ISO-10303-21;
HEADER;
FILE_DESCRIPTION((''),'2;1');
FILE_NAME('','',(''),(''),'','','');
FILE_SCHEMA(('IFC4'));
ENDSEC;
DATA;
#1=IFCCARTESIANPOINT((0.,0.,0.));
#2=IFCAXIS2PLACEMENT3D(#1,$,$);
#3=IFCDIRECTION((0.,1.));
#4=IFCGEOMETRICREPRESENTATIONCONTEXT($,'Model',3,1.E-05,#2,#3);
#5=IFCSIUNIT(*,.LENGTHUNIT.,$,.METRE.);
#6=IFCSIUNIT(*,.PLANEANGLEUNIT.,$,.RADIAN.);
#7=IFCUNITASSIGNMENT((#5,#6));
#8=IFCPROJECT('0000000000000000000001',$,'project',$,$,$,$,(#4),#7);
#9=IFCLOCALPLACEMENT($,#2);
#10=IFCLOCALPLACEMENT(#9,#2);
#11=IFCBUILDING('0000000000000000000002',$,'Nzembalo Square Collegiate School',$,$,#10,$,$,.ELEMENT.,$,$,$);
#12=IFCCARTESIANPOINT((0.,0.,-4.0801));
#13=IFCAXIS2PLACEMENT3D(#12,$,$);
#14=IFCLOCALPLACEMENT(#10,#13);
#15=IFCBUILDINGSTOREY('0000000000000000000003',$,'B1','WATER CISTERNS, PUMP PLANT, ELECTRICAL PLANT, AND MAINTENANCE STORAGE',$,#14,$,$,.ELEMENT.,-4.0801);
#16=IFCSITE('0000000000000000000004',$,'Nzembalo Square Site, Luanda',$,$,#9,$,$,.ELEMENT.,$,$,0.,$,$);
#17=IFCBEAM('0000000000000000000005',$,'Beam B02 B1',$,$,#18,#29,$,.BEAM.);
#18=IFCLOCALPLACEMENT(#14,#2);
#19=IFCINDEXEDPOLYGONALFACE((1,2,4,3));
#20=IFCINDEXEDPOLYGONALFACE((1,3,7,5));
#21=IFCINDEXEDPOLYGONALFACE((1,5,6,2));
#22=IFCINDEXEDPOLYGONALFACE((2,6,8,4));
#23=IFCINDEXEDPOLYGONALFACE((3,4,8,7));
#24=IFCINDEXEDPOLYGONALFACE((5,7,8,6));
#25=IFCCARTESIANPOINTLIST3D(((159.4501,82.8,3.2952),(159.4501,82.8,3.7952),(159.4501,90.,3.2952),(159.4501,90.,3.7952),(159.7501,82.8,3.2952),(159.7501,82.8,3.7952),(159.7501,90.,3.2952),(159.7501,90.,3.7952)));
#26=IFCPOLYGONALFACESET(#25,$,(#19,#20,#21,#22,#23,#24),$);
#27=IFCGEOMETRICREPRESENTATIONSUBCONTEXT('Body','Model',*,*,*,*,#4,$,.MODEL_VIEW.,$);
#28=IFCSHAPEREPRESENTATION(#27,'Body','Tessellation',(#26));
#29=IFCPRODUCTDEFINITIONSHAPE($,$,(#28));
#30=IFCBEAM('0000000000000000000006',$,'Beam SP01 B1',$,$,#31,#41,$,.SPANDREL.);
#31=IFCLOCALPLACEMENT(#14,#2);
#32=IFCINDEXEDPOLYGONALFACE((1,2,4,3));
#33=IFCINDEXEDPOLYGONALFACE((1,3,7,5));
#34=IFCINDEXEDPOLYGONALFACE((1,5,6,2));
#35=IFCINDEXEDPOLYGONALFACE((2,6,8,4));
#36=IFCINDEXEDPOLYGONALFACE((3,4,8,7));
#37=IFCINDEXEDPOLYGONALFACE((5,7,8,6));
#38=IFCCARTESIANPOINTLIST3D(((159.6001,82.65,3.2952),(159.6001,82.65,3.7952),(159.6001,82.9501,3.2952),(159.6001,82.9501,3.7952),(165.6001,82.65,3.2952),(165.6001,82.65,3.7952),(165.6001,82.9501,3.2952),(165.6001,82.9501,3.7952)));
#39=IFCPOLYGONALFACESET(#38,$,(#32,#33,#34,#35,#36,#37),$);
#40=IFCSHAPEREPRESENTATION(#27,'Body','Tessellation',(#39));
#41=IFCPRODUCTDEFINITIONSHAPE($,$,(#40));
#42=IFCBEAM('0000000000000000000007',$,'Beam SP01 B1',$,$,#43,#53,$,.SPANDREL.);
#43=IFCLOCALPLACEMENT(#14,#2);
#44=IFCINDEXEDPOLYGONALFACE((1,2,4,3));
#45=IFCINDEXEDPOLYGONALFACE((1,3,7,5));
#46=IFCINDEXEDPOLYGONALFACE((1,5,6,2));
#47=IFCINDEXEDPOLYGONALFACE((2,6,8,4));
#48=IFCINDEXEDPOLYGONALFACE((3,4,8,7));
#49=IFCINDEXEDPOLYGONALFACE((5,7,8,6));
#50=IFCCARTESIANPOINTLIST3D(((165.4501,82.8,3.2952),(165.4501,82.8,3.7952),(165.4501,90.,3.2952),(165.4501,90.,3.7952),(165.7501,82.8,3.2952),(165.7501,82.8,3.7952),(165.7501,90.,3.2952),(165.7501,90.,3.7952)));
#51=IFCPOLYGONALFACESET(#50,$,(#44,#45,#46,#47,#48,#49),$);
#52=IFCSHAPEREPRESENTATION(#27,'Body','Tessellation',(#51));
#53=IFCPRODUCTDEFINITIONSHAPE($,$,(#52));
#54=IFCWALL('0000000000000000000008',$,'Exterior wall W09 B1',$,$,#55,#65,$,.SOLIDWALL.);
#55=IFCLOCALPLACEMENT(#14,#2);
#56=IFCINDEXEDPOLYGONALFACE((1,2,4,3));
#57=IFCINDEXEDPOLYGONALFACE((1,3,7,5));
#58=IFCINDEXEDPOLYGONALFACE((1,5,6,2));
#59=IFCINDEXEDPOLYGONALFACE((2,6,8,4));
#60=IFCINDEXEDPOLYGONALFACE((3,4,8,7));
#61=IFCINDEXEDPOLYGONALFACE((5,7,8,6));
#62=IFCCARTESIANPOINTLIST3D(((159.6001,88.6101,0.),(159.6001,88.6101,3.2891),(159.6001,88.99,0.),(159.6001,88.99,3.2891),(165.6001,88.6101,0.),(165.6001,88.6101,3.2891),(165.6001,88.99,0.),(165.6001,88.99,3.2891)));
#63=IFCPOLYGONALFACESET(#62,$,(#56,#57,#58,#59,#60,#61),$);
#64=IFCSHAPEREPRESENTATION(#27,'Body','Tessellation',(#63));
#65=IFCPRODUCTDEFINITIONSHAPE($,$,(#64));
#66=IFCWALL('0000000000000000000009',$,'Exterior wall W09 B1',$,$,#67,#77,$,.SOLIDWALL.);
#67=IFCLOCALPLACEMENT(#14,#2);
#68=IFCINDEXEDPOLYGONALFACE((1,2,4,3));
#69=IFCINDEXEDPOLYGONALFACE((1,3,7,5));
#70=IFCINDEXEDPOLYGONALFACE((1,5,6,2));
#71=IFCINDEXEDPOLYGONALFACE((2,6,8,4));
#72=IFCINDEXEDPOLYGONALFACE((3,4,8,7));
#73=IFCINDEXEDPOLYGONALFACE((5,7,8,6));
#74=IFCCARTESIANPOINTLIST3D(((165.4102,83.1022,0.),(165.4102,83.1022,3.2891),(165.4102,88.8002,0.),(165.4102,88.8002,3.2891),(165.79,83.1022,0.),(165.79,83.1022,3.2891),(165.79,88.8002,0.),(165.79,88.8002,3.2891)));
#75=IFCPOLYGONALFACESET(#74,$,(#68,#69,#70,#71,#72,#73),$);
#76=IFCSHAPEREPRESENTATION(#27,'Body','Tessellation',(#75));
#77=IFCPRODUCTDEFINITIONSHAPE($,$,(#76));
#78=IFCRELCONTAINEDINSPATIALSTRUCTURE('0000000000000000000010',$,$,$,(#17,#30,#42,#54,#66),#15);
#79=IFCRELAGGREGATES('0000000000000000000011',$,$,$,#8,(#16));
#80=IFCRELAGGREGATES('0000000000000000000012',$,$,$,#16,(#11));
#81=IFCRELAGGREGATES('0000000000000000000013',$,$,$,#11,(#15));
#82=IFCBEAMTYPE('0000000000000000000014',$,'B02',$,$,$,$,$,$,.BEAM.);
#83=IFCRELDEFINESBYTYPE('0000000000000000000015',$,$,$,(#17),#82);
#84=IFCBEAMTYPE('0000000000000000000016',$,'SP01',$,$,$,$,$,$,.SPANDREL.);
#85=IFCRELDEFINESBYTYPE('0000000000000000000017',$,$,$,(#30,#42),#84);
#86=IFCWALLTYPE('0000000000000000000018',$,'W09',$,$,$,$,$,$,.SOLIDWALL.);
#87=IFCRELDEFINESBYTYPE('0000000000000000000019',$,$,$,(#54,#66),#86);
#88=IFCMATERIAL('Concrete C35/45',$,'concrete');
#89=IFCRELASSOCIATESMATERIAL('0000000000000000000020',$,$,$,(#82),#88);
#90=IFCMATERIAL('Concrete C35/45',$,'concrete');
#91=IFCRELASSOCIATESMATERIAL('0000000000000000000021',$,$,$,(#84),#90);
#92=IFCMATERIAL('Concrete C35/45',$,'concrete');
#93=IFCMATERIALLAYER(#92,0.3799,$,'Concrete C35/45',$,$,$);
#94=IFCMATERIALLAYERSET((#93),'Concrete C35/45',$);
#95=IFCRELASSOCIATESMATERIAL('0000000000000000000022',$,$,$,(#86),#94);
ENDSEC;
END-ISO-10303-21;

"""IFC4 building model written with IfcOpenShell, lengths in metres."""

from ifc_helpers import new_model, si_unit, direction, frame, frame_2d, origin, origin_2d, place, context, subcontext, project, spatial, rectangle, extrude, material, layer, layer_set, material_profile, profile_set, type_object, element, save


model = new_model("IFC4")

# Units and contexts
model_context = context("Model", 3, precision=1e-05, world=origin(), true_north=direction((0.0, 1.0)))
body_context = subcontext(model_context, "Body", "Model", "MODEL_VIEW")
ifc_project = project(units=[si_unit("LENGTHUNIT", "METRE"), si_unit("PLANEANGLEUNIT", "RADIAN")], contexts=[model_context])

# Site, building, storey
site_placement = place(None, origin())
site = spatial("IfcSite", under=ifc_project, at=site_placement, Name="Nzembalo Square Site, Luanda", CompositionType="ELEMENT", RefElevation=0.0)
building_placement = place(site_placement, origin())
building = spatial("IfcBuilding", under=site, at=building_placement, Name="Nzembalo Square Collegiate School", CompositionType="ELEMENT")
storey_placement = place(building_placement, frame((0.0, 0.0, -4.0801)))
storey = spatial("IfcBuildingStorey", under=building, at=storey_placement, Name="B1", Description="WATER CISTERNS, PUMP PLANT, ELECTRICAL PLANT, AND MAINTENANCE STORAGE", CompositionType="ELEMENT", Elevation=-4.0801)

# Beams
ifc_material_1 = material(Name="Concrete C35/45", Category="concrete")
ifc_material_profile_1 = material_profile(ifc_material_1, rectangle(XDim=0.3, YDim=0.5, at=origin_2d()), Name="RC 300x500")
ifc_profile_set_1 = profile_set([ifc_material_profile_1], Name="Concrete C35/45")
beam_type_1 = type_object("IfcBeamType", Name="B02", PredefinedType="BEAM", material=ifc_profile_set_1)
beam_1_placement = place(storey_placement, frame((159.6001, 82.8, 3.5452), z_axis=(0.0, 1.0, 0.0), x_axis=(-1.0, 0.0, 0.0)))
element("IfcBeam", 1, at=beam_1_placement, inside=storey, type_object=beam_type_1, Name="Beam B02 B1", PredefinedType="BEAM", context=body_context, shape_type="SweptSolid", body=[
    extrude(rectangle(XDim=0.3, YDim=0.5, at=origin_2d()), origin(), (0.0, 0.0, 1.0), 7.2),
])
ifc_material_2 = material(Name="Concrete C35/45", Category="concrete")
ifc_material_profile_2 = material_profile(ifc_material_2, rectangle(XDim=0.3, YDim=0.5, at=origin_2d()), Name="RC 300x500")
ifc_profile_set_2 = profile_set([ifc_material_profile_2], Name="Concrete C35/45")
beam_type_2 = type_object("IfcBeamType", Name="SP01", PredefinedType="SPANDREL", material=ifc_profile_set_2)
beam_2_placement = place(storey_placement, frame((159.6001, 82.8, 3.5452), z_axis=(1.0, 0.0, 0.0), x_axis=(0.0, 1.0, 0.0)))
element("IfcBeam", 2, at=beam_2_placement, inside=storey, type_object=beam_type_2, Name="Beam SP01 B1", PredefinedType="SPANDREL", context=body_context, shape_type="SweptSolid", body=[
    extrude(rectangle(XDim=0.3, YDim=0.5, at=origin_2d()), origin(), (0.0, 0.0, 1.0), 6.0),
])
beam_3_placement = place(storey_placement, frame((165.6001, 82.8, 3.5452), z_axis=(0.0, 1.0, 0.0), x_axis=(-1.0, 0.0, 0.0)))
element("IfcBeam", 3, at=beam_3_placement, inside=storey, type_object=beam_type_2, Name="Beam SP01 B1", PredefinedType="SPANDREL", context=body_context, shape_type="SweptSolid", body=[
    extrude(rectangle(XDim=0.3, YDim=0.5, at=origin_2d()), origin(), (0.0, 0.0, 1.0), 7.2),
])

# Walls
ifc_material_3 = material(Name="Concrete C35/45", Category="concrete")
ifc_layer = layer(ifc_material_3, 0.3799, Name="Concrete C35/45")
ifc_layer_set = layer_set([ifc_layer], Name="Concrete C35/45")
wall_type = type_object("IfcWallType", Name="W09", PredefinedType="SOLIDWALL", material=ifc_layer_set)
wall_1_placement = place(storey_placement, frame((159.6001, 88.8, 0.0), z_axis=(0.0, 0.0, 1.0), x_axis=(1.0, 0.0, 0.0)))
element("IfcWall", 4, at=wall_1_placement, inside=storey, type_object=wall_type, Name="Exterior wall W09 B1", PredefinedType="SOLIDWALL", context=body_context, shape_type="SweptSolid", body=[
    extrude(rectangle(XDim=6.0, YDim=0.3799, at=frame_2d((3.0, 0.0))), origin(), (0.0, 0.0, 1.0), 3.2891),
])
wall_2_placement = place(storey_placement, frame((165.6001, 83.1021, 0.0), z_axis=(0.0, 0.0, 1.0), x_axis=(0.0, 1.0, 0.0)))
element("IfcWall", 5, at=wall_2_placement, inside=storey, type_object=wall_type, Name="Exterior wall W09 B1", PredefinedType="SOLIDWALL", context=body_context, shape_type="SweptSolid", body=[
    extrude(rectangle(XDim=5.698, YDim=0.3799, at=frame_2d((2.8491, 0.0))), origin(), (0.0, 0.0, 1.0), 3.2891),
])

save(model, "model.ifc")
